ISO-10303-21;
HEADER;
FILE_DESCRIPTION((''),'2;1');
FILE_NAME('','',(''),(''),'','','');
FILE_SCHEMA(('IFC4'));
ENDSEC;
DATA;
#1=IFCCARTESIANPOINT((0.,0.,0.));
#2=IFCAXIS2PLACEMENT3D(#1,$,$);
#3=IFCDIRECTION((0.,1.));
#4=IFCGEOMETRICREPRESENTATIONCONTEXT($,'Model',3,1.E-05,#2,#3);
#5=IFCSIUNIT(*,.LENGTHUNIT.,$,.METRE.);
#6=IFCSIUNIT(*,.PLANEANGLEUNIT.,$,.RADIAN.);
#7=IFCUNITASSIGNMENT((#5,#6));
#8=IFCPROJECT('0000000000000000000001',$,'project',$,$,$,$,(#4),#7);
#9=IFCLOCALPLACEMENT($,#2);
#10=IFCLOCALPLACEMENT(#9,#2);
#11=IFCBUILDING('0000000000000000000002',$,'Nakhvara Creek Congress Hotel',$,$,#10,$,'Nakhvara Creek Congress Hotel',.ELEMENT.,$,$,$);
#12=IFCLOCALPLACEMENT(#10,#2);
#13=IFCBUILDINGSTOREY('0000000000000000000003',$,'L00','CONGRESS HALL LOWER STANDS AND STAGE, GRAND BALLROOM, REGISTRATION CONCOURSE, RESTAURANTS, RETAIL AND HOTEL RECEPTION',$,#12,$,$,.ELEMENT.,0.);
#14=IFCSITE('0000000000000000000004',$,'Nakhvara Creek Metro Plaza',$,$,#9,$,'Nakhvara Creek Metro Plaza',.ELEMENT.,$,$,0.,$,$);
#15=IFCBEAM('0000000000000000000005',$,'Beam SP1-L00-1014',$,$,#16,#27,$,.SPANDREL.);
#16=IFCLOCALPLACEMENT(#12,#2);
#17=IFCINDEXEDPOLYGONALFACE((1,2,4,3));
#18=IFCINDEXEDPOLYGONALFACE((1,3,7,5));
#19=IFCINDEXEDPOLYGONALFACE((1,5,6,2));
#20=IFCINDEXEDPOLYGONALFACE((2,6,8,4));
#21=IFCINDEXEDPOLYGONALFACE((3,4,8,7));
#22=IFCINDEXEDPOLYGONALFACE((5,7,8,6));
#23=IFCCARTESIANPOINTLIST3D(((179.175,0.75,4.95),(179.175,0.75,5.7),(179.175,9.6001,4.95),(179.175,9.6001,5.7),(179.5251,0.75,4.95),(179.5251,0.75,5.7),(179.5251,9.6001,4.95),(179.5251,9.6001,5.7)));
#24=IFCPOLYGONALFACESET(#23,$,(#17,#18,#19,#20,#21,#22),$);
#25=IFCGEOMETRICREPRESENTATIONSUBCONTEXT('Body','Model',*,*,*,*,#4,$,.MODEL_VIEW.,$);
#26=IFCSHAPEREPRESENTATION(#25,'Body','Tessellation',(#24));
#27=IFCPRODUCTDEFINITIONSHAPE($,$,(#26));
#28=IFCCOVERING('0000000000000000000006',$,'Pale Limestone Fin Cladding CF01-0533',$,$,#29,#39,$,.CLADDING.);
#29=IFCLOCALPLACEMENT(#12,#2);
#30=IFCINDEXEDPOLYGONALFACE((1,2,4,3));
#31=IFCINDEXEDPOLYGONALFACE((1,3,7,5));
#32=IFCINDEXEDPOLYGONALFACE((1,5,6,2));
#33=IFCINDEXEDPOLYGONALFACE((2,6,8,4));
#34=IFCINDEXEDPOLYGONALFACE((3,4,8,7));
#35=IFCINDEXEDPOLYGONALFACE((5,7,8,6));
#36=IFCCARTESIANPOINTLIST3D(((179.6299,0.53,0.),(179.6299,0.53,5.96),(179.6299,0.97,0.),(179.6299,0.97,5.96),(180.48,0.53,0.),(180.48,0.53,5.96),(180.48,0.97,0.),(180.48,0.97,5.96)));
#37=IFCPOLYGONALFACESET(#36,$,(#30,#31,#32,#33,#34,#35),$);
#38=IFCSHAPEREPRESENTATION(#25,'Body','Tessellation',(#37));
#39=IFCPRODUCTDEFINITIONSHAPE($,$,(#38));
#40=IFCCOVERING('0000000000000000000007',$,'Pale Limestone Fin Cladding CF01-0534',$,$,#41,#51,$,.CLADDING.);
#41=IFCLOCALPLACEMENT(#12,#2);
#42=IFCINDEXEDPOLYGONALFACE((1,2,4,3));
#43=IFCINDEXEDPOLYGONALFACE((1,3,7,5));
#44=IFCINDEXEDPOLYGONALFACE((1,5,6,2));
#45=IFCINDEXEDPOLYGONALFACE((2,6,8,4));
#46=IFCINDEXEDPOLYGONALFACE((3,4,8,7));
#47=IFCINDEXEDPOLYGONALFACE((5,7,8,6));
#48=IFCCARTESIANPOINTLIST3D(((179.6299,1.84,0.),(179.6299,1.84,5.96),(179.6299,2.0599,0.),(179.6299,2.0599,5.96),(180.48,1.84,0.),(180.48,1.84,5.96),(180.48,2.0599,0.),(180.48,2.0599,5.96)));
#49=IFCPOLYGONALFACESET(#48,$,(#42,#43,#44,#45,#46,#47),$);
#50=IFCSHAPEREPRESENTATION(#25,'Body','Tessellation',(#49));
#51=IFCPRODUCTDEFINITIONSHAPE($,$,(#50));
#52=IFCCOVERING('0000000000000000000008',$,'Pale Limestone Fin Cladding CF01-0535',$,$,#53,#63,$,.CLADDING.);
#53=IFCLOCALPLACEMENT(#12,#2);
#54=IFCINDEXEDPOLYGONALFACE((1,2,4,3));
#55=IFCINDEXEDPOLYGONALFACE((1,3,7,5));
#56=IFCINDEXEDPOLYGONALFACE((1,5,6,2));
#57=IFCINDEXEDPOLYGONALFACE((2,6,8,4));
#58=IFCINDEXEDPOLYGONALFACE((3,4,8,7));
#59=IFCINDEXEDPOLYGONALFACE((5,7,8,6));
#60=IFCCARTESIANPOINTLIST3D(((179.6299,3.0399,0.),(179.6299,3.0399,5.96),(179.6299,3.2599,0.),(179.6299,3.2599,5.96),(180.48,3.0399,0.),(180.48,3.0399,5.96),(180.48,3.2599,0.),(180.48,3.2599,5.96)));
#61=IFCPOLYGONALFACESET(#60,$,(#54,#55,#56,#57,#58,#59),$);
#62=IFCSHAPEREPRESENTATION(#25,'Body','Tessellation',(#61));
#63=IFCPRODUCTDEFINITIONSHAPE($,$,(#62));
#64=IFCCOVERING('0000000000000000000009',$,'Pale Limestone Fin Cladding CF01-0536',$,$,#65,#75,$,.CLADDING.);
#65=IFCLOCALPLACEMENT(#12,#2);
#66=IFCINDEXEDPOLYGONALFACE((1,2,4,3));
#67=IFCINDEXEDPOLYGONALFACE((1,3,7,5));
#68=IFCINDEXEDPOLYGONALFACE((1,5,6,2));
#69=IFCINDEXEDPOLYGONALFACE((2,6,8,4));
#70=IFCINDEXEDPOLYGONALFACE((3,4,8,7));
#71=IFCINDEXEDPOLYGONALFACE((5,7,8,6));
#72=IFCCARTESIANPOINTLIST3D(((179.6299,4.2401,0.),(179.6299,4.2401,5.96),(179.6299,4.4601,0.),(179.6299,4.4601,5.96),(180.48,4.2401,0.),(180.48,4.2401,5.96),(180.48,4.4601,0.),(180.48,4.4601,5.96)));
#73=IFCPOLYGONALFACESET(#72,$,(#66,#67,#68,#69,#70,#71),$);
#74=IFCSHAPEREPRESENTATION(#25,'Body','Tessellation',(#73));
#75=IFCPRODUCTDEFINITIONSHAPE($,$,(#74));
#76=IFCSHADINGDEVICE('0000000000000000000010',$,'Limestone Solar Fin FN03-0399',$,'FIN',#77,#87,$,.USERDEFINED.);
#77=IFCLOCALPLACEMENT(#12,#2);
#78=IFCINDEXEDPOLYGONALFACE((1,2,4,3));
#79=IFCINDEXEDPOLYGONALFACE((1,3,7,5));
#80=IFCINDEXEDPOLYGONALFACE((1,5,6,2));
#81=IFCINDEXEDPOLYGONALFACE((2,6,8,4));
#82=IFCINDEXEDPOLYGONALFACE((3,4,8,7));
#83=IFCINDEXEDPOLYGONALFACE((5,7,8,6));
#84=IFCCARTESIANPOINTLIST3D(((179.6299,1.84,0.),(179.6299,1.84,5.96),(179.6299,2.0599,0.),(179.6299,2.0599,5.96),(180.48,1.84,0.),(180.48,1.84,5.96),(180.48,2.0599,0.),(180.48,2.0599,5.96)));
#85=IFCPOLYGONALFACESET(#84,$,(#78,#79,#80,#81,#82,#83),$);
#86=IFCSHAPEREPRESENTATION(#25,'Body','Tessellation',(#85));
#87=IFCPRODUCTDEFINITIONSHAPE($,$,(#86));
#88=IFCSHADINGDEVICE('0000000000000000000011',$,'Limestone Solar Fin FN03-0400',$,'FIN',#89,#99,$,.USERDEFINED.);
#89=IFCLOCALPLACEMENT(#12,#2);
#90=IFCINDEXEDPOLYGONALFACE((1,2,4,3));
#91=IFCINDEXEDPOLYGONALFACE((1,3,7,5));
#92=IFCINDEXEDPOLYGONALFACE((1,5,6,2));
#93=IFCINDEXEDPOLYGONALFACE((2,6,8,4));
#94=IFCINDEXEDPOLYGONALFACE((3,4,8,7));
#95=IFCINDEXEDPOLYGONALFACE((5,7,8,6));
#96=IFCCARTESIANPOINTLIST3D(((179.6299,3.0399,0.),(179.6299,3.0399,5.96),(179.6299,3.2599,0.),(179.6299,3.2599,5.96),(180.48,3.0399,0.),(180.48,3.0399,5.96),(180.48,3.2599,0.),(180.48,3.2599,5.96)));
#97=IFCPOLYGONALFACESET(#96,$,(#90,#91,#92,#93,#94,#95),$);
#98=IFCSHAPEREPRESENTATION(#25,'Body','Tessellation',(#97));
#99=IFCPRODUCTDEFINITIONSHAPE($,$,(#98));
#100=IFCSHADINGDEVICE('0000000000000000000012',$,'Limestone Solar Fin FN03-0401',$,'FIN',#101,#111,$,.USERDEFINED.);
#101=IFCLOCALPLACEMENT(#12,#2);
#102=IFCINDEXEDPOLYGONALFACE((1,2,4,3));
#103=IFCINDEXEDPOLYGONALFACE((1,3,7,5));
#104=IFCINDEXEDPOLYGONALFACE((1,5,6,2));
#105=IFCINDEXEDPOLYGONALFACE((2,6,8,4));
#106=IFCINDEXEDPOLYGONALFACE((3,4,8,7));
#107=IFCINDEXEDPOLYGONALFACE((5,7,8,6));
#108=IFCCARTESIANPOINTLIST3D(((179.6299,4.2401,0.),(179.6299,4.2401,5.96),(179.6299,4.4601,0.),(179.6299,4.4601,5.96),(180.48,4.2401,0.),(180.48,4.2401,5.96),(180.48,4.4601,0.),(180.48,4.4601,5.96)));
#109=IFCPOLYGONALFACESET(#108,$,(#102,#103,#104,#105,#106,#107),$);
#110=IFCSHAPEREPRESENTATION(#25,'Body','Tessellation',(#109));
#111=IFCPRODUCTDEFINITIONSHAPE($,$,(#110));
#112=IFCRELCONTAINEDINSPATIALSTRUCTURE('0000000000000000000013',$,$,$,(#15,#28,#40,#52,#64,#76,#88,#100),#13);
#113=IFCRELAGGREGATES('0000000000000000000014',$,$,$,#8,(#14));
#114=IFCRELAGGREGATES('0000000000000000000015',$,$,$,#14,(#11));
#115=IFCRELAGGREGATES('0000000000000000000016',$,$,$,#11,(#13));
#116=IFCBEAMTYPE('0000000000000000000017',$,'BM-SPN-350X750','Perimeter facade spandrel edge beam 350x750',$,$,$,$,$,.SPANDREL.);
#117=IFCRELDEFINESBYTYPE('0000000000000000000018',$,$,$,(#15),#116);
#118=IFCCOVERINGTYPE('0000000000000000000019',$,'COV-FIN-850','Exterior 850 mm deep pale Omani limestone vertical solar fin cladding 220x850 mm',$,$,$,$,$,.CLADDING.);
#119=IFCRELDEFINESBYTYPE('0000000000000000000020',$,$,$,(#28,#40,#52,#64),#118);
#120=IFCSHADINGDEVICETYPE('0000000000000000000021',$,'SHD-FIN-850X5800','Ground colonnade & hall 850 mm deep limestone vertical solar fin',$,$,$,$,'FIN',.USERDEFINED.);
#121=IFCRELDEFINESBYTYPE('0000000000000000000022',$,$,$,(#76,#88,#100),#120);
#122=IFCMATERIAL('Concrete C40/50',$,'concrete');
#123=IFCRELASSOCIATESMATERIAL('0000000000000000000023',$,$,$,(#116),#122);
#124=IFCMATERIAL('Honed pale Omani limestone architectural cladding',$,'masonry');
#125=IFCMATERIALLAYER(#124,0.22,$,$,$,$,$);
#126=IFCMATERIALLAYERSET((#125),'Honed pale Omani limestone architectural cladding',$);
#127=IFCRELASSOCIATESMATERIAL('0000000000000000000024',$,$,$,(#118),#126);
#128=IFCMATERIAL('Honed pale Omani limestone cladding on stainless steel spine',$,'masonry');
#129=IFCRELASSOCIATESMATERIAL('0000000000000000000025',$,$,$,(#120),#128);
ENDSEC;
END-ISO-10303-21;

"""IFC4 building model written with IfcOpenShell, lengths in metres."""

from ifc_helpers import new_model, si_unit, direction, frame, origin, origin_2d, place, context, subcontext, project, spatial, rectangle, extrude, material, layer, layer_set, material_profile, profile_set, type_object, element, save


model = new_model("IFC4")

# Units and contexts
model_context = context("Model", 3, precision=1e-05, world=origin(), true_north=direction((0.0, 1.0)))
body_context = subcontext(model_context, "Body", "Model", "MODEL_VIEW")
ifc_project = project(units=[si_unit("LENGTHUNIT", "METRE"), si_unit("PLANEANGLEUNIT", "RADIAN")], contexts=[model_context])

# Site, building, storey
site_placement = place(None, origin())
site = spatial("IfcSite", under=ifc_project, at=site_placement, Name="Nakhvara Creek Metro Plaza", LongName="Nakhvara Creek Metro Plaza", CompositionType="ELEMENT", RefElevation=0.0)
building_placement = place(site_placement, origin())
building = spatial("IfcBuilding", under=site, at=building_placement, Name="Nakhvara Creek Congress Hotel", LongName="Nakhvara Creek Congress Hotel", CompositionType="ELEMENT")
storey_placement = place(building_placement, origin())
storey = spatial("IfcBuildingStorey", under=building, at=storey_placement, Name="L00", Description="CONGRESS HALL LOWER STANDS AND STAGE, GRAND BALLROOM, REGISTRATION CONCOURSE, RESTAURANTS, RETAIL AND HOTEL RECEPTION", CompositionType="ELEMENT", Elevation=0.0)

# Beam
ifc_material_1 = material(Name="Concrete C40/50", Category="concrete")
ifc_material_profile = material_profile(ifc_material_1, rectangle(XDim=0.3501, YDim=0.75, at=origin_2d()), Name="RC-SPANDREL 350x750", Category="LoadBearing")
ifc_profile_set = profile_set([ifc_material_profile], Name="Concrete C40/50")
beam_type = type_object("IfcBeamType", Name="BM-SPN-350X750", Description="Perimeter facade spandrel edge beam 350x750", PredefinedType="SPANDREL", material=ifc_profile_set)
beam_placement = place(storey_placement, frame((179.3501, 0.75, 5.325), z_axis=(0.0, 1.0, 0.0), x_axis=(-1.0, 0.0, 0.0)))
element("IfcBeam", 1, at=beam_placement, inside=storey, type_object=beam_type, Name="Beam SP1-L00-1014", PredefinedType="SPANDREL", context=body_context, shape_type="SweptSolid", body=[
    extrude(rectangle(XDim=0.3501, YDim=0.75, at=origin_2d()), origin(), (0.0, 0.0, 1.0), 8.8501),
])

# Coverings
ifc_material_2 = material(Name="Honed pale Omani limestone architectural cladding", Category="masonry")
ifc_layer = layer(ifc_material_2, 0.22)
ifc_layer_set = layer_set([ifc_layer], Name="Honed pale Omani limestone architectural cladding")
covering_type = type_object("IfcCoveringType", Name="COV-FIN-850", Description="Exterior 850 mm deep pale Omani limestone vertical solar fin cladding 220x850 mm", PredefinedType="CLADDING", material=ifc_layer_set)
covering_placement = place(storey_placement, frame((180.0549, 0.75, 0.0), z_axis=(0.0, 0.0, 1.0), x_axis=(0.0, 1.0, 0.0)))
element("IfcCovering", 2, at=covering_placement, inside=storey, type_object=covering_type, Name="Pale Limestone Fin Cladding CF01-0533", PredefinedType="CLADDING", context=body_context, shape_type="SweptSolid", body=[
    extrude(rectangle(XDim=0.4399, YDim=0.8501, at=origin_2d()), origin(), (0.0, 0.0, 1.0), 5.96),
])
for number, where, z_axis, x_axis, name in (
    (3, (180.0549, 1.95, 0.0), (0.0, 0.0, 1.0), (0.0, 1.0, 0.0), "Pale Limestone Fin Cladding CF01-0534"),
    (4, (180.0549, 3.1499, 0.0), (0.0, 0.0, 1.0), (0.0, 1.0, 0.0), "Pale Limestone Fin Cladding CF01-0535"),
    (5, (180.0549, 4.3501, 0.0), (0.0, 0.0, 1.0), (0.0, 1.0, 0.0), "Pale Limestone Fin Cladding CF01-0536"),
):
    element("IfcCovering", number, at=place(storey_placement, frame(where, z_axis=z_axis, x_axis=x_axis)), inside=storey, type_object=covering_type, Name=name, PredefinedType="CLADDING", context=body_context, shape_type="SweptSolid", body=[
        extrude(rectangle(XDim=0.22, YDim=0.8501, at=origin_2d()), origin(), (0.0, 0.0, 1.0), 5.96),
    ])

# Shading devices
ifc_material_3 = material(Name="Honed pale Omani limestone cladding on stainless steel spine", Category="masonry")
shading_device_type = type_object("IfcShadingDeviceType", Name="SHD-FIN-850X5800", Description="Ground colonnade & hall 850 mm deep limestone vertical solar fin", ElementType="FIN", PredefinedType="USERDEFINED", material=ifc_material_3)
for number, where, z_axis, x_axis, name in (
    (6, (180.0549, 1.95, 0.0), (0.0, 0.0, 1.0), (0.0, 1.0, 0.0), "Limestone Solar Fin FN03-0399"),
    (7, (180.0549, 3.1499, 0.0), (0.0, 0.0, 1.0), (0.0, 1.0, 0.0), "Limestone Solar Fin FN03-0400"),
    (8, (180.0549, 4.3501, 0.0), (0.0, 0.0, 1.0), (0.0, 1.0, 0.0), "Limestone Solar Fin FN03-0401"),
):
    element("IfcShadingDevice", number, at=place(storey_placement, frame(where, z_axis=z_axis, x_axis=x_axis)), inside=storey, type_object=shading_device_type, Name=name, ObjectType="FIN", PredefinedType="USERDEFINED", context=body_context, shape_type="SweptSolid", body=[
        extrude(rectangle(XDim=0.22, YDim=0.8501, at=origin_2d()), origin(), (0.0, 0.0, 1.0), 5.96),
    ])

save(model, "model.ifc")
